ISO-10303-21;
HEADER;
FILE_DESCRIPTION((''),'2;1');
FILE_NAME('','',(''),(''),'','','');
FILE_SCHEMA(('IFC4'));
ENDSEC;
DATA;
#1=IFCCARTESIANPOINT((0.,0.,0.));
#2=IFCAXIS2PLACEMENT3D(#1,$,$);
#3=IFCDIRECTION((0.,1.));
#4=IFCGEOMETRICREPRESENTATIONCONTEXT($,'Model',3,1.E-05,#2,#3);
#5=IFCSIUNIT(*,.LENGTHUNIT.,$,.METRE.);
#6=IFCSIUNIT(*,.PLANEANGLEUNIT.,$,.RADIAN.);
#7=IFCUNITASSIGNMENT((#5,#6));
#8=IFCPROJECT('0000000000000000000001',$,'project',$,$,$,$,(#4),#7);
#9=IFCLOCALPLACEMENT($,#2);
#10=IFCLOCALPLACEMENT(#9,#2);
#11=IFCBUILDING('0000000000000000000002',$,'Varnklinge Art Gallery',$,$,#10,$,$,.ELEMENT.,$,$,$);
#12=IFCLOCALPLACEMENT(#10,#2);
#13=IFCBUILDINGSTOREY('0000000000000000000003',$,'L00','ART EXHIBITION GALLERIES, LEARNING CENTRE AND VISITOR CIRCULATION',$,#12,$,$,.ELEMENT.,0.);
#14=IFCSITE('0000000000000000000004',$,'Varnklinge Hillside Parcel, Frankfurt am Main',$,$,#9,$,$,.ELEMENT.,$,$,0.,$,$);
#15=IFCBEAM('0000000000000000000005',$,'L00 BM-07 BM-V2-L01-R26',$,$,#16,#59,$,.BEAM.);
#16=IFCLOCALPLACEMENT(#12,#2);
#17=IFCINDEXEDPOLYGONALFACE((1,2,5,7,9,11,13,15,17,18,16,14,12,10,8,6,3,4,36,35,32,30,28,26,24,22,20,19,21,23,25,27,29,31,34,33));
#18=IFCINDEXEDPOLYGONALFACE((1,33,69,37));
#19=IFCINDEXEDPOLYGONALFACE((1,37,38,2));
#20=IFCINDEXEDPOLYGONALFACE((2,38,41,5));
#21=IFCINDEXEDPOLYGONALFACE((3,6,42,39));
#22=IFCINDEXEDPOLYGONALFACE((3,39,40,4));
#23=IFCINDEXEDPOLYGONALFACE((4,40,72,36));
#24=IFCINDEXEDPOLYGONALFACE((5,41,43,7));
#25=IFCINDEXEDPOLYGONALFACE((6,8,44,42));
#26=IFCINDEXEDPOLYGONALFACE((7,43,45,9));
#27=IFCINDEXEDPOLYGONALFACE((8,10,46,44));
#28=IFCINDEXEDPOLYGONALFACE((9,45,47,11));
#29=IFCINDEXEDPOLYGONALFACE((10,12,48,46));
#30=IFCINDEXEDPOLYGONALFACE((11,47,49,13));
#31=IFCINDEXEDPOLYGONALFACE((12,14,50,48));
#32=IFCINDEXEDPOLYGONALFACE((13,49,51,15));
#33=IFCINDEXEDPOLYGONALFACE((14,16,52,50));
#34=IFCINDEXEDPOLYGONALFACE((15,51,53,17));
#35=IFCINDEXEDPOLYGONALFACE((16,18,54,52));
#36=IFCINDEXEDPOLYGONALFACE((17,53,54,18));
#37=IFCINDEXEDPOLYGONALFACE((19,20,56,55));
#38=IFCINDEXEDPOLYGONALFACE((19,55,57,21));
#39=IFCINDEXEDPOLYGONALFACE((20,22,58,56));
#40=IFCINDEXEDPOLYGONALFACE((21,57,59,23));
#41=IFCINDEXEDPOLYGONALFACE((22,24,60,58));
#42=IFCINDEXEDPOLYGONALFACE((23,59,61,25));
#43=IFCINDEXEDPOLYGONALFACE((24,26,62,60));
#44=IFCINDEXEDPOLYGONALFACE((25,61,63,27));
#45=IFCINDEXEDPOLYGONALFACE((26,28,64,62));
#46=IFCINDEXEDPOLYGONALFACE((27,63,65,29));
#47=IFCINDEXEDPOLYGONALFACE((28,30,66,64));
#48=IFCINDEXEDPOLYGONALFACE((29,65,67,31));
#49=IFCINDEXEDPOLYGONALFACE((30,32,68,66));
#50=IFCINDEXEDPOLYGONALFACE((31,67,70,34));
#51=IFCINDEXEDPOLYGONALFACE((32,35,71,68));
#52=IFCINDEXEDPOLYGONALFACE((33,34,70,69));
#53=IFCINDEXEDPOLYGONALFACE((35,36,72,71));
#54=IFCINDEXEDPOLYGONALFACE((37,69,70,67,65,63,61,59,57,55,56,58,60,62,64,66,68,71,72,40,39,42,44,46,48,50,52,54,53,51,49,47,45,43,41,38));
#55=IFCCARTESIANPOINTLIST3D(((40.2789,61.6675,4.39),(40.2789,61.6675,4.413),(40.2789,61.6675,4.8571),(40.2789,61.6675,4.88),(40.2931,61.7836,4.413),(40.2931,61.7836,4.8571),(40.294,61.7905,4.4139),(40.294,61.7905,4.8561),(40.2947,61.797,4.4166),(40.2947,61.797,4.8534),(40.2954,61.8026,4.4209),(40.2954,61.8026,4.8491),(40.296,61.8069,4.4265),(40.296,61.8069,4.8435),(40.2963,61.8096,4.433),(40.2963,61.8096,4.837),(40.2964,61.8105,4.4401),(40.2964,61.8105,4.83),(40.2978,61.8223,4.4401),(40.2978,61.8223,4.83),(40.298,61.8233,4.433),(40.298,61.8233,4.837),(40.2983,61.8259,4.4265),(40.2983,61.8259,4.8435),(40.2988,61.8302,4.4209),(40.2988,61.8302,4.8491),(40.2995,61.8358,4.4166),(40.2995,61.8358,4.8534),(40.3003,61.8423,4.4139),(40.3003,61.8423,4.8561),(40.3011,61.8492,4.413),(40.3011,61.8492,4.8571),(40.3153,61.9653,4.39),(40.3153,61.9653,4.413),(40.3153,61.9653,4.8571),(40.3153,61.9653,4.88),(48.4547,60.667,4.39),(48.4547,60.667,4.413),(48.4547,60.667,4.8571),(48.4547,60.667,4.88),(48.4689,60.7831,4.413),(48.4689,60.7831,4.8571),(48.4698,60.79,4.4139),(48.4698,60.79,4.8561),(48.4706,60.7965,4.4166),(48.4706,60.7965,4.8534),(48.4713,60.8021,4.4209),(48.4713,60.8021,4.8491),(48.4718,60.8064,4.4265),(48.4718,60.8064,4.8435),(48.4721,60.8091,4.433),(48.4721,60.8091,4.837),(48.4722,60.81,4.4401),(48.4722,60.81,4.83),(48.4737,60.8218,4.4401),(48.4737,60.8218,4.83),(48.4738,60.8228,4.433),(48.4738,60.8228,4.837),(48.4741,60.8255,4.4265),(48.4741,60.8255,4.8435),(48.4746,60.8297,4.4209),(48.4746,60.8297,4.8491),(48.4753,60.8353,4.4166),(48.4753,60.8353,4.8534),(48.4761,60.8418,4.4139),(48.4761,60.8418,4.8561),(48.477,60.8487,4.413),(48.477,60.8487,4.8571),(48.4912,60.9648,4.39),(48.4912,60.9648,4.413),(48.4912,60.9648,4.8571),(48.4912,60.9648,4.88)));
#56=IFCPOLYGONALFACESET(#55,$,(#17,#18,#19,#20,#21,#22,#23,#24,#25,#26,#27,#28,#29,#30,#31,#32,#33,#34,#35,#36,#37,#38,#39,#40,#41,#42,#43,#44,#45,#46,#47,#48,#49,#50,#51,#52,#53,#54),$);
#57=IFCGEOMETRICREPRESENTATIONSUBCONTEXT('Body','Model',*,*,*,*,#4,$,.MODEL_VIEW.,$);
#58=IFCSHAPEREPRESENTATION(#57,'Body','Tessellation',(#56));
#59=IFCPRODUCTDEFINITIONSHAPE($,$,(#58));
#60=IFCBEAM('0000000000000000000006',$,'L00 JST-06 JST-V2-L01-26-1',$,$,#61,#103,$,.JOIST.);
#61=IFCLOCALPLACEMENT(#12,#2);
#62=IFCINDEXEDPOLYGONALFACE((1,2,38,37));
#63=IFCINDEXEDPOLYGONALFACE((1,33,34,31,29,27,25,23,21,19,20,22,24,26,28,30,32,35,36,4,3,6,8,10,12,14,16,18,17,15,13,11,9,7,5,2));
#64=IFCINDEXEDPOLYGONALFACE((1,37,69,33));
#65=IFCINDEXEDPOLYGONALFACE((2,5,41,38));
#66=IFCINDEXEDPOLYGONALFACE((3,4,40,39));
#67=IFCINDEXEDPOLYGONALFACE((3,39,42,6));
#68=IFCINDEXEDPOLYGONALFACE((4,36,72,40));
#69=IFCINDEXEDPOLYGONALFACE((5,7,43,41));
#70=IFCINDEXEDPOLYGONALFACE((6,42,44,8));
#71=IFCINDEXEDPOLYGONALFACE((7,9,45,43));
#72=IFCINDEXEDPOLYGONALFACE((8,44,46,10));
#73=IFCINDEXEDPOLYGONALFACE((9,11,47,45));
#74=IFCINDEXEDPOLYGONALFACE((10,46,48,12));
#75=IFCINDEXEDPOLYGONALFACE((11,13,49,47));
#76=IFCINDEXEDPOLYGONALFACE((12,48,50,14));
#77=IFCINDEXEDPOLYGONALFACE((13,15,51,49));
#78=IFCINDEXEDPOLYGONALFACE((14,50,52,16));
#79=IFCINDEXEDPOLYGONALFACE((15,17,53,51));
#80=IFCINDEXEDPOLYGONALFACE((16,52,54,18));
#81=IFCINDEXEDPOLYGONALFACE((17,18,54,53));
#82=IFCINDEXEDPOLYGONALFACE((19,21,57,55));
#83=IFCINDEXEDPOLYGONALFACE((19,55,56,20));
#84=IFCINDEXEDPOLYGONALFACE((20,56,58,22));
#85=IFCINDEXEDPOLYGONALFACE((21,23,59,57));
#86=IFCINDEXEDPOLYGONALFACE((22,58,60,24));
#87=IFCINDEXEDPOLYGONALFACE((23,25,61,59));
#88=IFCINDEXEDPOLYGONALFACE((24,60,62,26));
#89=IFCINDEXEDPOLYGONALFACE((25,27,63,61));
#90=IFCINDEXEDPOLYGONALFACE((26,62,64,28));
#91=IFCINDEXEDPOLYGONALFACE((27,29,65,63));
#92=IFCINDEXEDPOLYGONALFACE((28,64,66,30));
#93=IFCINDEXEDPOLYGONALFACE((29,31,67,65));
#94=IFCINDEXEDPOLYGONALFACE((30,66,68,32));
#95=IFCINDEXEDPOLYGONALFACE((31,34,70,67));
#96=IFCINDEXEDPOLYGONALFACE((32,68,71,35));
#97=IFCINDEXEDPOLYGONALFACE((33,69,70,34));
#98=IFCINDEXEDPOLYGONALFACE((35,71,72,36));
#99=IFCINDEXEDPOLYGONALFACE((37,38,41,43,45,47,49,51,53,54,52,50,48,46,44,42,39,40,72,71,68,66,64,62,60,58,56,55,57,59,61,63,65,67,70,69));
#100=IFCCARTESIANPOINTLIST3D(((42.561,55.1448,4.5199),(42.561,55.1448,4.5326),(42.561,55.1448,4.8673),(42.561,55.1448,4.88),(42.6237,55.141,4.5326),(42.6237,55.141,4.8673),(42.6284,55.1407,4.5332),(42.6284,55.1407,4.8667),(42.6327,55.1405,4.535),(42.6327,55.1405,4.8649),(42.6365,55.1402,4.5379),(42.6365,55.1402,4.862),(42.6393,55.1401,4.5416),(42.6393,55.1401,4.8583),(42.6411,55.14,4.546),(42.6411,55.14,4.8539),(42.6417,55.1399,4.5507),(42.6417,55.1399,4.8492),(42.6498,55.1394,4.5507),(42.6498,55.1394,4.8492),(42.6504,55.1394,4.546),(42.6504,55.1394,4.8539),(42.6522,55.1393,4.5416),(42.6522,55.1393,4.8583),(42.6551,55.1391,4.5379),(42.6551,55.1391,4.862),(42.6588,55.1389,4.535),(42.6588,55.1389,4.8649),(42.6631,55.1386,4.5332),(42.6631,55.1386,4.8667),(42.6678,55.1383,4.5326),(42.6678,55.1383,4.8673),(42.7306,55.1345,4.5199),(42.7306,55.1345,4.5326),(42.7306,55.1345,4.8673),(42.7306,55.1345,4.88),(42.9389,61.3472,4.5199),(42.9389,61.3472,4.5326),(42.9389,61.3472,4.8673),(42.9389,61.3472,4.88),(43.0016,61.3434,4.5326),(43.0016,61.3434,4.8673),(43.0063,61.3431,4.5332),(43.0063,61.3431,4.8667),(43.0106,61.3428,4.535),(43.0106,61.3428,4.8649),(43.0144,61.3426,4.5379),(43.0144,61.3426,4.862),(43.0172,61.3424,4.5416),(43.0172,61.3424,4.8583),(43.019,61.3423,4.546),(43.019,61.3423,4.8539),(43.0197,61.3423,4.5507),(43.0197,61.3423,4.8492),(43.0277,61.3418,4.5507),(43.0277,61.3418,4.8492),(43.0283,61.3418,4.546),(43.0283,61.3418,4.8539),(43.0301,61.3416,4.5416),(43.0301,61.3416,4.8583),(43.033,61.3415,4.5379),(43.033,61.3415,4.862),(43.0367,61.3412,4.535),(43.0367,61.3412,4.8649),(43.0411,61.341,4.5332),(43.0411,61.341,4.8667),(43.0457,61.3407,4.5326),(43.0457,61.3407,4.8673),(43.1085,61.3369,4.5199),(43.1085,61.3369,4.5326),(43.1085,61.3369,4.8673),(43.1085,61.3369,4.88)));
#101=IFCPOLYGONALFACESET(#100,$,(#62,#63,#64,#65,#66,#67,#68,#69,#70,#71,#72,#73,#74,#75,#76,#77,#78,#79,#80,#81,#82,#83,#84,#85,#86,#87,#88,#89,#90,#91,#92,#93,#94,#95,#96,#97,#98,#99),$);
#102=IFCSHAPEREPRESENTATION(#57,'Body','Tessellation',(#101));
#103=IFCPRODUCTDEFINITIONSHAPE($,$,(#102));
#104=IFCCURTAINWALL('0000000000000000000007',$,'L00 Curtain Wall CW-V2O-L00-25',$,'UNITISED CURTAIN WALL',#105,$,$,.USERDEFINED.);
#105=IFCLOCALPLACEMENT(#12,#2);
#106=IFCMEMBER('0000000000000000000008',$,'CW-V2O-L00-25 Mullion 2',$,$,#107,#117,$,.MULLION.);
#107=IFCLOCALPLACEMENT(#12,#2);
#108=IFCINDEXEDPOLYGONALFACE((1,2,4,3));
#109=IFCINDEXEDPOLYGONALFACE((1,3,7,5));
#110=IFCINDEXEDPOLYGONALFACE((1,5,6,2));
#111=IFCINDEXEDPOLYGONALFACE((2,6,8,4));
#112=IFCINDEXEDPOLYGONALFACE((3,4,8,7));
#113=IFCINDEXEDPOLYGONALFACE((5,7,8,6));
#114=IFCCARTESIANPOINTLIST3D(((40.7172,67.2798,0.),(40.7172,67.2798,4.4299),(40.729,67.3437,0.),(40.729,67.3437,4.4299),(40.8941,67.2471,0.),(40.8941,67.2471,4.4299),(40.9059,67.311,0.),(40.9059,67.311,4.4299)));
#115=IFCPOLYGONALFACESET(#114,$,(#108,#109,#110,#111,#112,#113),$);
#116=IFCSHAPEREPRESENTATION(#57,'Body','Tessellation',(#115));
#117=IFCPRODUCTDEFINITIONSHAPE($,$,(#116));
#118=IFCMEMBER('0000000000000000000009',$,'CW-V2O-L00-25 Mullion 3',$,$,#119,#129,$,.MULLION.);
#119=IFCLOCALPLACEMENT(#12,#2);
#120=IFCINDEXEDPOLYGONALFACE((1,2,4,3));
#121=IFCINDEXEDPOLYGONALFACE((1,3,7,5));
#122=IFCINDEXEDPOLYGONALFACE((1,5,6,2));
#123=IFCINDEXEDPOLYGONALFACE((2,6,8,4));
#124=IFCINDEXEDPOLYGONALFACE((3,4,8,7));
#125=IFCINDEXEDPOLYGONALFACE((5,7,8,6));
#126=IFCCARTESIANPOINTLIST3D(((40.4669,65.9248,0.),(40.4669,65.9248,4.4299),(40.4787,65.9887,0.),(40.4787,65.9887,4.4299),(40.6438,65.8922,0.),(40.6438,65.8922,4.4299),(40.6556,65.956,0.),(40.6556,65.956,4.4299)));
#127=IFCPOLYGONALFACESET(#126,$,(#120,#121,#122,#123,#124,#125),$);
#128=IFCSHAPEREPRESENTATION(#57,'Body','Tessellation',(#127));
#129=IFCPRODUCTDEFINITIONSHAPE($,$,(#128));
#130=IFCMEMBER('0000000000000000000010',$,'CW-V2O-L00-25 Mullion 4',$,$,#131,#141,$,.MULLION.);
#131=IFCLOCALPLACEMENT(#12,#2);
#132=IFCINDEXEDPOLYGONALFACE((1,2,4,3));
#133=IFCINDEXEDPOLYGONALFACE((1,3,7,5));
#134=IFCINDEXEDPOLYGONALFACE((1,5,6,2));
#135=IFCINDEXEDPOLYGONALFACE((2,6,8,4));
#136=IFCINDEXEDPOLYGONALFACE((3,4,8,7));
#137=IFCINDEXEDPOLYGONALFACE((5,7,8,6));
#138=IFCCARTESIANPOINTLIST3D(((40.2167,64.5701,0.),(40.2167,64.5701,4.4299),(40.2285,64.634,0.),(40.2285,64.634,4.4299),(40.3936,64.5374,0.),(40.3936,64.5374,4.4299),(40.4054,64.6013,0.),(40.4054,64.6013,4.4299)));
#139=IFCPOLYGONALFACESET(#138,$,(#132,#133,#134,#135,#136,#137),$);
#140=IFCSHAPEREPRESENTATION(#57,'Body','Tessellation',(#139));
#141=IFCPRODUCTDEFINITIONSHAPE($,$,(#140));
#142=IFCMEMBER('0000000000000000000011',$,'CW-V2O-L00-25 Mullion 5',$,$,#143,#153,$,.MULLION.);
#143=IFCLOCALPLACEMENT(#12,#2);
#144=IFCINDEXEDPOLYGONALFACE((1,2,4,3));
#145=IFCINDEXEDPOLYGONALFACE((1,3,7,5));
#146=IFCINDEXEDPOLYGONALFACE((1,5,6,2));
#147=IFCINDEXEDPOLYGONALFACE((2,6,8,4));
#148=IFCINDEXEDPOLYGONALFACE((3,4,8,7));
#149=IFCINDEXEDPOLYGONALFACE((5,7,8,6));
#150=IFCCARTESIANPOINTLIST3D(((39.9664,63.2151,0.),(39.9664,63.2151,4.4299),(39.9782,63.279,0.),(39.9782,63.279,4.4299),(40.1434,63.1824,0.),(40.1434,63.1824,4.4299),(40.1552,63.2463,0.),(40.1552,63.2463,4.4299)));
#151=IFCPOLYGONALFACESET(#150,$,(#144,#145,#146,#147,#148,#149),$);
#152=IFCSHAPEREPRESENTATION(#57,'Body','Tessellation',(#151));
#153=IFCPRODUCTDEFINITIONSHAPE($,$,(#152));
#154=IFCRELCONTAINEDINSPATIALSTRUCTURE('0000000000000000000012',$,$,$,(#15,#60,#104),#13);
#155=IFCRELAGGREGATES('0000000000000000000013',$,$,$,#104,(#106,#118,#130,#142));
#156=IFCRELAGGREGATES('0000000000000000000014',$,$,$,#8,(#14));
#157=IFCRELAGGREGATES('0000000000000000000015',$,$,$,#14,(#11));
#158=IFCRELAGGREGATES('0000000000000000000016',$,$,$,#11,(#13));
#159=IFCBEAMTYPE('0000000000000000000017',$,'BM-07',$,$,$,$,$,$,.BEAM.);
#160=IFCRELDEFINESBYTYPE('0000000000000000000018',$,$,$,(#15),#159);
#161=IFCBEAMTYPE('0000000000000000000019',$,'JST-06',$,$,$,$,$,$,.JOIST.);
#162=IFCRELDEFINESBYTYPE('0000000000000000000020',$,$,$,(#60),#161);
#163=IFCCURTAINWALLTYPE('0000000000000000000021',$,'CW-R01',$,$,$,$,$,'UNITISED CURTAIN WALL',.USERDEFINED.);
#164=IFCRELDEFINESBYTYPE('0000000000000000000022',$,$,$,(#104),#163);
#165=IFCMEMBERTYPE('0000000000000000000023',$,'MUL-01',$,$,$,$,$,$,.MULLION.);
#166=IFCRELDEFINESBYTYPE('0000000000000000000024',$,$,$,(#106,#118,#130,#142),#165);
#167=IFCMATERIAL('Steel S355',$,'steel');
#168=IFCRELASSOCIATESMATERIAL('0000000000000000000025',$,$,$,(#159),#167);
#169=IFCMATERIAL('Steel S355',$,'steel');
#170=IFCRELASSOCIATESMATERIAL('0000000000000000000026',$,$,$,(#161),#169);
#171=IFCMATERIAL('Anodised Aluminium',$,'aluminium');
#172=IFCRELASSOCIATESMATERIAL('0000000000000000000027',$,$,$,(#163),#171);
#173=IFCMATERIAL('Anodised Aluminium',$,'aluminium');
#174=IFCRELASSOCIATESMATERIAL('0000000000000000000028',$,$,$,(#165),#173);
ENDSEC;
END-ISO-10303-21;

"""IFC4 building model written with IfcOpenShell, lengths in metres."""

from ifc_helpers import new_model, si_unit, direction, frame, origin, origin_2d, place, context, subcontext, project, spatial, rectangle, i_section, extrude, material, material_profile, profile_set, type_object, element, aggregate, save


model = new_model("IFC4")

# Units and contexts
model_context = context("Model", 3, precision=1e-05, world=origin(), true_north=direction((0.0, 1.0)))
body_context = subcontext(model_context, "Body", "Model", "MODEL_VIEW")
ifc_project = project(units=[si_unit("LENGTHUNIT", "METRE"), si_unit("PLANEANGLEUNIT", "RADIAN")], contexts=[model_context])

# Site, building, storey
site_placement = place(None, origin())
site = spatial("IfcSite", under=ifc_project, at=site_placement, Name="Varnklinge Hillside Parcel, Frankfurt am Main", CompositionType="ELEMENT", RefElevation=0.0)
building_placement = place(site_placement, origin())
building = spatial("IfcBuilding", under=site, at=building_placement, Name="Varnklinge Art Gallery", CompositionType="ELEMENT")
storey_placement = place(building_placement, origin())
storey = spatial("IfcBuildingStorey", under=building, at=storey_placement, Name="L00", Description="ART EXHIBITION GALLERIES, LEARNING CENTRE AND VISITOR CIRCULATION", CompositionType="ELEMENT", Elevation=0.0)

# Beams
ifc_material_1 = material(Name="Steel S355", Category="steel")
ifc_material_profile_1 = material_profile(ifc_material_1, i_section(OverallWidth=0.3, OverallDepth=0.49, WebThickness=0.012, FlangeThickness=0.0229, FilletRadius=0.0271, at=origin_2d()), Name="HEA 500")
ifc_profile_set_1 = profile_set([ifc_material_profile_1], Name="Steel S355")
beam_type_1 = type_object("IfcBeamType", Name="BM-07", PredefinedType="BEAM", material=ifc_profile_set_1)
beam_1_placement = place(storey_placement, frame((40.2971, 61.8164, 4.635), z_axis=(0.992596, -0.121466, 0.0), x_axis=(0.121466, 0.992596, 0.0)))
element("IfcBeam", 1, at=beam_1_placement, inside=storey, type_object=beam_type_1, Name="L00 BM-07 BM-V2-L01-R26", PredefinedType="BEAM", context=body_context, shape_type="SweptSolid", body=[
    extrude(i_section(OverallWidth=0.3, OverallDepth=0.49, WebThickness=0.012, FlangeThickness=0.0229, FilletRadius=0.0271, at=origin_2d()), origin(), (0.0, 0.0, 1.0), 8.2368),
])
ifc_material_2 = material(Name="Steel S355", Category="steel")
ifc_material_profile_2 = material_profile(ifc_material_2, i_section(OverallWidth=0.1699, OverallDepth=0.3601, WebThickness=0.0081, FlangeThickness=0.0127, FilletRadius=0.0181, at=origin_2d()), Name="IPE 360")
ifc_profile_set_2 = profile_set([ifc_material_profile_2], Name="Steel S355")
beam_type_2 = type_object("IfcBeamType", Name="JST-06", PredefinedType="JOIST", material=ifc_profile_set_2)
beam_2_placement = place(storey_placement, frame((43.0237, 61.342, 4.7), z_axis=(-0.06082, -0.998149, 0.0), x_axis=(0.998149, -0.06082, 0.0)))
element("IfcBeam", 2, at=beam_2_placement, inside=storey, type_object=beam_type_2, Name="L00 JST-06 JST-V2-L01-26-1", PredefinedType="JOIST", context=body_context, shape_type="SweptSolid", body=[
    extrude(i_section(OverallWidth=0.1699, OverallDepth=0.3601, WebThickness=0.0081, FlangeThickness=0.0127, FilletRadius=0.0181, at=origin_2d()), origin(), (0.0, 0.0, 1.0), 6.2139),
])

# Curtain wall, members
ifc_material_3 = material(Name="Anodised Aluminium", Category="aluminium")
curtain_wall_type = type_object("IfcCurtainWallType", Name="CW-R01", ElementType="UNITISED CURTAIN WALL", PredefinedType="USERDEFINED", material=ifc_material_3)
curtain_wall_placement = place(storey_placement, origin())
curtain_wall = element("IfcCurtainWall", 3, at=curtain_wall_placement, inside=storey, type_object=curtain_wall_type, Name="L00 Curtain Wall CW-V2O-L00-25", ObjectType="UNITISED CURTAIN WALL", PredefinedType="USERDEFINED")
ifc_material_4 = material(Name="Anodised Aluminium", Category="aluminium")
ifc_material_profile_3 = material_profile(ifc_material_4, rectangle(XDim=0.0649, YDim=0.1799, at=origin_2d()), Name="ALU 65x180")
ifc_profile_set_3 = profile_set([ifc_material_profile_3], Name="Anodised Aluminium")
member_type = type_object("IfcMemberType", Name="MUL-01", PredefinedType="MULLION", material=ifc_profile_set_3)
member_1_placement = place(storey_placement, frame((40.8115, 67.2954, 0.0), z_axis=(0.0, 0.0, 1.0), x_axis=(-0.181721, -0.98335, 0.0)))
member_1 = element("IfcMember", 4, at=member_1_placement, type_object=member_type, Name="CW-V2O-L00-25 Mullion 2", PredefinedType="MULLION", context=body_context, shape_type="SweptSolid", body=[
    extrude(rectangle(XDim=0.0649, YDim=0.1799, at=origin_2d()), origin(), (0.0, 0.0, 1.0), 4.4299),
])
member_2_placement = place(storey_placement, frame((40.5613, 65.9404, 0.0), z_axis=(0.0, 0.0, 1.0), x_axis=(-0.181721, -0.98335, 0.0)))
member_2 = element("IfcMember", 5, at=member_2_placement, type_object=member_type, Name="CW-V2O-L00-25 Mullion 3", PredefinedType="MULLION", context=body_context, shape_type="SweptSolid", body=[
    extrude(rectangle(XDim=0.0649, YDim=0.1799, at=origin_2d()), origin(), (0.0, 0.0, 1.0), 4.4299),
])
member_3_placement = place(storey_placement, frame((40.311, 64.5857, 0.0), z_axis=(0.0, 0.0, 1.0), x_axis=(-0.181721, -0.98335, 0.0)))
member_3 = element("IfcMember", 6, at=member_3_placement, type_object=member_type, Name="CW-V2O-L00-25 Mullion 4", PredefinedType="MULLION", context=body_context, shape_type="SweptSolid", body=[
    extrude(rectangle(XDim=0.0649, YDim=0.1799, at=origin_2d()), origin(), (0.0, 0.0, 1.0), 4.4299),
])
member_4_placement = place(storey_placement, frame((40.0608, 63.2307, 0.0), z_axis=(0.0, 0.0, 1.0), x_axis=(-0.181721, -0.98335, 0.0)))
member_4 = element("IfcMember", 7, at=member_4_placement, type_object=member_type, Name="CW-V2O-L00-25 Mullion 5", PredefinedType="MULLION", context=body_context, shape_type="SweptSolid", body=[
    extrude(rectangle(XDim=0.0649, YDim=0.1799, at=origin_2d()), origin(), (0.0, 0.0, 1.0), 4.4299),
])

aggregate(curtain_wall, [member_1, member_2, member_3, member_4])

save(model, "model.ifc")
